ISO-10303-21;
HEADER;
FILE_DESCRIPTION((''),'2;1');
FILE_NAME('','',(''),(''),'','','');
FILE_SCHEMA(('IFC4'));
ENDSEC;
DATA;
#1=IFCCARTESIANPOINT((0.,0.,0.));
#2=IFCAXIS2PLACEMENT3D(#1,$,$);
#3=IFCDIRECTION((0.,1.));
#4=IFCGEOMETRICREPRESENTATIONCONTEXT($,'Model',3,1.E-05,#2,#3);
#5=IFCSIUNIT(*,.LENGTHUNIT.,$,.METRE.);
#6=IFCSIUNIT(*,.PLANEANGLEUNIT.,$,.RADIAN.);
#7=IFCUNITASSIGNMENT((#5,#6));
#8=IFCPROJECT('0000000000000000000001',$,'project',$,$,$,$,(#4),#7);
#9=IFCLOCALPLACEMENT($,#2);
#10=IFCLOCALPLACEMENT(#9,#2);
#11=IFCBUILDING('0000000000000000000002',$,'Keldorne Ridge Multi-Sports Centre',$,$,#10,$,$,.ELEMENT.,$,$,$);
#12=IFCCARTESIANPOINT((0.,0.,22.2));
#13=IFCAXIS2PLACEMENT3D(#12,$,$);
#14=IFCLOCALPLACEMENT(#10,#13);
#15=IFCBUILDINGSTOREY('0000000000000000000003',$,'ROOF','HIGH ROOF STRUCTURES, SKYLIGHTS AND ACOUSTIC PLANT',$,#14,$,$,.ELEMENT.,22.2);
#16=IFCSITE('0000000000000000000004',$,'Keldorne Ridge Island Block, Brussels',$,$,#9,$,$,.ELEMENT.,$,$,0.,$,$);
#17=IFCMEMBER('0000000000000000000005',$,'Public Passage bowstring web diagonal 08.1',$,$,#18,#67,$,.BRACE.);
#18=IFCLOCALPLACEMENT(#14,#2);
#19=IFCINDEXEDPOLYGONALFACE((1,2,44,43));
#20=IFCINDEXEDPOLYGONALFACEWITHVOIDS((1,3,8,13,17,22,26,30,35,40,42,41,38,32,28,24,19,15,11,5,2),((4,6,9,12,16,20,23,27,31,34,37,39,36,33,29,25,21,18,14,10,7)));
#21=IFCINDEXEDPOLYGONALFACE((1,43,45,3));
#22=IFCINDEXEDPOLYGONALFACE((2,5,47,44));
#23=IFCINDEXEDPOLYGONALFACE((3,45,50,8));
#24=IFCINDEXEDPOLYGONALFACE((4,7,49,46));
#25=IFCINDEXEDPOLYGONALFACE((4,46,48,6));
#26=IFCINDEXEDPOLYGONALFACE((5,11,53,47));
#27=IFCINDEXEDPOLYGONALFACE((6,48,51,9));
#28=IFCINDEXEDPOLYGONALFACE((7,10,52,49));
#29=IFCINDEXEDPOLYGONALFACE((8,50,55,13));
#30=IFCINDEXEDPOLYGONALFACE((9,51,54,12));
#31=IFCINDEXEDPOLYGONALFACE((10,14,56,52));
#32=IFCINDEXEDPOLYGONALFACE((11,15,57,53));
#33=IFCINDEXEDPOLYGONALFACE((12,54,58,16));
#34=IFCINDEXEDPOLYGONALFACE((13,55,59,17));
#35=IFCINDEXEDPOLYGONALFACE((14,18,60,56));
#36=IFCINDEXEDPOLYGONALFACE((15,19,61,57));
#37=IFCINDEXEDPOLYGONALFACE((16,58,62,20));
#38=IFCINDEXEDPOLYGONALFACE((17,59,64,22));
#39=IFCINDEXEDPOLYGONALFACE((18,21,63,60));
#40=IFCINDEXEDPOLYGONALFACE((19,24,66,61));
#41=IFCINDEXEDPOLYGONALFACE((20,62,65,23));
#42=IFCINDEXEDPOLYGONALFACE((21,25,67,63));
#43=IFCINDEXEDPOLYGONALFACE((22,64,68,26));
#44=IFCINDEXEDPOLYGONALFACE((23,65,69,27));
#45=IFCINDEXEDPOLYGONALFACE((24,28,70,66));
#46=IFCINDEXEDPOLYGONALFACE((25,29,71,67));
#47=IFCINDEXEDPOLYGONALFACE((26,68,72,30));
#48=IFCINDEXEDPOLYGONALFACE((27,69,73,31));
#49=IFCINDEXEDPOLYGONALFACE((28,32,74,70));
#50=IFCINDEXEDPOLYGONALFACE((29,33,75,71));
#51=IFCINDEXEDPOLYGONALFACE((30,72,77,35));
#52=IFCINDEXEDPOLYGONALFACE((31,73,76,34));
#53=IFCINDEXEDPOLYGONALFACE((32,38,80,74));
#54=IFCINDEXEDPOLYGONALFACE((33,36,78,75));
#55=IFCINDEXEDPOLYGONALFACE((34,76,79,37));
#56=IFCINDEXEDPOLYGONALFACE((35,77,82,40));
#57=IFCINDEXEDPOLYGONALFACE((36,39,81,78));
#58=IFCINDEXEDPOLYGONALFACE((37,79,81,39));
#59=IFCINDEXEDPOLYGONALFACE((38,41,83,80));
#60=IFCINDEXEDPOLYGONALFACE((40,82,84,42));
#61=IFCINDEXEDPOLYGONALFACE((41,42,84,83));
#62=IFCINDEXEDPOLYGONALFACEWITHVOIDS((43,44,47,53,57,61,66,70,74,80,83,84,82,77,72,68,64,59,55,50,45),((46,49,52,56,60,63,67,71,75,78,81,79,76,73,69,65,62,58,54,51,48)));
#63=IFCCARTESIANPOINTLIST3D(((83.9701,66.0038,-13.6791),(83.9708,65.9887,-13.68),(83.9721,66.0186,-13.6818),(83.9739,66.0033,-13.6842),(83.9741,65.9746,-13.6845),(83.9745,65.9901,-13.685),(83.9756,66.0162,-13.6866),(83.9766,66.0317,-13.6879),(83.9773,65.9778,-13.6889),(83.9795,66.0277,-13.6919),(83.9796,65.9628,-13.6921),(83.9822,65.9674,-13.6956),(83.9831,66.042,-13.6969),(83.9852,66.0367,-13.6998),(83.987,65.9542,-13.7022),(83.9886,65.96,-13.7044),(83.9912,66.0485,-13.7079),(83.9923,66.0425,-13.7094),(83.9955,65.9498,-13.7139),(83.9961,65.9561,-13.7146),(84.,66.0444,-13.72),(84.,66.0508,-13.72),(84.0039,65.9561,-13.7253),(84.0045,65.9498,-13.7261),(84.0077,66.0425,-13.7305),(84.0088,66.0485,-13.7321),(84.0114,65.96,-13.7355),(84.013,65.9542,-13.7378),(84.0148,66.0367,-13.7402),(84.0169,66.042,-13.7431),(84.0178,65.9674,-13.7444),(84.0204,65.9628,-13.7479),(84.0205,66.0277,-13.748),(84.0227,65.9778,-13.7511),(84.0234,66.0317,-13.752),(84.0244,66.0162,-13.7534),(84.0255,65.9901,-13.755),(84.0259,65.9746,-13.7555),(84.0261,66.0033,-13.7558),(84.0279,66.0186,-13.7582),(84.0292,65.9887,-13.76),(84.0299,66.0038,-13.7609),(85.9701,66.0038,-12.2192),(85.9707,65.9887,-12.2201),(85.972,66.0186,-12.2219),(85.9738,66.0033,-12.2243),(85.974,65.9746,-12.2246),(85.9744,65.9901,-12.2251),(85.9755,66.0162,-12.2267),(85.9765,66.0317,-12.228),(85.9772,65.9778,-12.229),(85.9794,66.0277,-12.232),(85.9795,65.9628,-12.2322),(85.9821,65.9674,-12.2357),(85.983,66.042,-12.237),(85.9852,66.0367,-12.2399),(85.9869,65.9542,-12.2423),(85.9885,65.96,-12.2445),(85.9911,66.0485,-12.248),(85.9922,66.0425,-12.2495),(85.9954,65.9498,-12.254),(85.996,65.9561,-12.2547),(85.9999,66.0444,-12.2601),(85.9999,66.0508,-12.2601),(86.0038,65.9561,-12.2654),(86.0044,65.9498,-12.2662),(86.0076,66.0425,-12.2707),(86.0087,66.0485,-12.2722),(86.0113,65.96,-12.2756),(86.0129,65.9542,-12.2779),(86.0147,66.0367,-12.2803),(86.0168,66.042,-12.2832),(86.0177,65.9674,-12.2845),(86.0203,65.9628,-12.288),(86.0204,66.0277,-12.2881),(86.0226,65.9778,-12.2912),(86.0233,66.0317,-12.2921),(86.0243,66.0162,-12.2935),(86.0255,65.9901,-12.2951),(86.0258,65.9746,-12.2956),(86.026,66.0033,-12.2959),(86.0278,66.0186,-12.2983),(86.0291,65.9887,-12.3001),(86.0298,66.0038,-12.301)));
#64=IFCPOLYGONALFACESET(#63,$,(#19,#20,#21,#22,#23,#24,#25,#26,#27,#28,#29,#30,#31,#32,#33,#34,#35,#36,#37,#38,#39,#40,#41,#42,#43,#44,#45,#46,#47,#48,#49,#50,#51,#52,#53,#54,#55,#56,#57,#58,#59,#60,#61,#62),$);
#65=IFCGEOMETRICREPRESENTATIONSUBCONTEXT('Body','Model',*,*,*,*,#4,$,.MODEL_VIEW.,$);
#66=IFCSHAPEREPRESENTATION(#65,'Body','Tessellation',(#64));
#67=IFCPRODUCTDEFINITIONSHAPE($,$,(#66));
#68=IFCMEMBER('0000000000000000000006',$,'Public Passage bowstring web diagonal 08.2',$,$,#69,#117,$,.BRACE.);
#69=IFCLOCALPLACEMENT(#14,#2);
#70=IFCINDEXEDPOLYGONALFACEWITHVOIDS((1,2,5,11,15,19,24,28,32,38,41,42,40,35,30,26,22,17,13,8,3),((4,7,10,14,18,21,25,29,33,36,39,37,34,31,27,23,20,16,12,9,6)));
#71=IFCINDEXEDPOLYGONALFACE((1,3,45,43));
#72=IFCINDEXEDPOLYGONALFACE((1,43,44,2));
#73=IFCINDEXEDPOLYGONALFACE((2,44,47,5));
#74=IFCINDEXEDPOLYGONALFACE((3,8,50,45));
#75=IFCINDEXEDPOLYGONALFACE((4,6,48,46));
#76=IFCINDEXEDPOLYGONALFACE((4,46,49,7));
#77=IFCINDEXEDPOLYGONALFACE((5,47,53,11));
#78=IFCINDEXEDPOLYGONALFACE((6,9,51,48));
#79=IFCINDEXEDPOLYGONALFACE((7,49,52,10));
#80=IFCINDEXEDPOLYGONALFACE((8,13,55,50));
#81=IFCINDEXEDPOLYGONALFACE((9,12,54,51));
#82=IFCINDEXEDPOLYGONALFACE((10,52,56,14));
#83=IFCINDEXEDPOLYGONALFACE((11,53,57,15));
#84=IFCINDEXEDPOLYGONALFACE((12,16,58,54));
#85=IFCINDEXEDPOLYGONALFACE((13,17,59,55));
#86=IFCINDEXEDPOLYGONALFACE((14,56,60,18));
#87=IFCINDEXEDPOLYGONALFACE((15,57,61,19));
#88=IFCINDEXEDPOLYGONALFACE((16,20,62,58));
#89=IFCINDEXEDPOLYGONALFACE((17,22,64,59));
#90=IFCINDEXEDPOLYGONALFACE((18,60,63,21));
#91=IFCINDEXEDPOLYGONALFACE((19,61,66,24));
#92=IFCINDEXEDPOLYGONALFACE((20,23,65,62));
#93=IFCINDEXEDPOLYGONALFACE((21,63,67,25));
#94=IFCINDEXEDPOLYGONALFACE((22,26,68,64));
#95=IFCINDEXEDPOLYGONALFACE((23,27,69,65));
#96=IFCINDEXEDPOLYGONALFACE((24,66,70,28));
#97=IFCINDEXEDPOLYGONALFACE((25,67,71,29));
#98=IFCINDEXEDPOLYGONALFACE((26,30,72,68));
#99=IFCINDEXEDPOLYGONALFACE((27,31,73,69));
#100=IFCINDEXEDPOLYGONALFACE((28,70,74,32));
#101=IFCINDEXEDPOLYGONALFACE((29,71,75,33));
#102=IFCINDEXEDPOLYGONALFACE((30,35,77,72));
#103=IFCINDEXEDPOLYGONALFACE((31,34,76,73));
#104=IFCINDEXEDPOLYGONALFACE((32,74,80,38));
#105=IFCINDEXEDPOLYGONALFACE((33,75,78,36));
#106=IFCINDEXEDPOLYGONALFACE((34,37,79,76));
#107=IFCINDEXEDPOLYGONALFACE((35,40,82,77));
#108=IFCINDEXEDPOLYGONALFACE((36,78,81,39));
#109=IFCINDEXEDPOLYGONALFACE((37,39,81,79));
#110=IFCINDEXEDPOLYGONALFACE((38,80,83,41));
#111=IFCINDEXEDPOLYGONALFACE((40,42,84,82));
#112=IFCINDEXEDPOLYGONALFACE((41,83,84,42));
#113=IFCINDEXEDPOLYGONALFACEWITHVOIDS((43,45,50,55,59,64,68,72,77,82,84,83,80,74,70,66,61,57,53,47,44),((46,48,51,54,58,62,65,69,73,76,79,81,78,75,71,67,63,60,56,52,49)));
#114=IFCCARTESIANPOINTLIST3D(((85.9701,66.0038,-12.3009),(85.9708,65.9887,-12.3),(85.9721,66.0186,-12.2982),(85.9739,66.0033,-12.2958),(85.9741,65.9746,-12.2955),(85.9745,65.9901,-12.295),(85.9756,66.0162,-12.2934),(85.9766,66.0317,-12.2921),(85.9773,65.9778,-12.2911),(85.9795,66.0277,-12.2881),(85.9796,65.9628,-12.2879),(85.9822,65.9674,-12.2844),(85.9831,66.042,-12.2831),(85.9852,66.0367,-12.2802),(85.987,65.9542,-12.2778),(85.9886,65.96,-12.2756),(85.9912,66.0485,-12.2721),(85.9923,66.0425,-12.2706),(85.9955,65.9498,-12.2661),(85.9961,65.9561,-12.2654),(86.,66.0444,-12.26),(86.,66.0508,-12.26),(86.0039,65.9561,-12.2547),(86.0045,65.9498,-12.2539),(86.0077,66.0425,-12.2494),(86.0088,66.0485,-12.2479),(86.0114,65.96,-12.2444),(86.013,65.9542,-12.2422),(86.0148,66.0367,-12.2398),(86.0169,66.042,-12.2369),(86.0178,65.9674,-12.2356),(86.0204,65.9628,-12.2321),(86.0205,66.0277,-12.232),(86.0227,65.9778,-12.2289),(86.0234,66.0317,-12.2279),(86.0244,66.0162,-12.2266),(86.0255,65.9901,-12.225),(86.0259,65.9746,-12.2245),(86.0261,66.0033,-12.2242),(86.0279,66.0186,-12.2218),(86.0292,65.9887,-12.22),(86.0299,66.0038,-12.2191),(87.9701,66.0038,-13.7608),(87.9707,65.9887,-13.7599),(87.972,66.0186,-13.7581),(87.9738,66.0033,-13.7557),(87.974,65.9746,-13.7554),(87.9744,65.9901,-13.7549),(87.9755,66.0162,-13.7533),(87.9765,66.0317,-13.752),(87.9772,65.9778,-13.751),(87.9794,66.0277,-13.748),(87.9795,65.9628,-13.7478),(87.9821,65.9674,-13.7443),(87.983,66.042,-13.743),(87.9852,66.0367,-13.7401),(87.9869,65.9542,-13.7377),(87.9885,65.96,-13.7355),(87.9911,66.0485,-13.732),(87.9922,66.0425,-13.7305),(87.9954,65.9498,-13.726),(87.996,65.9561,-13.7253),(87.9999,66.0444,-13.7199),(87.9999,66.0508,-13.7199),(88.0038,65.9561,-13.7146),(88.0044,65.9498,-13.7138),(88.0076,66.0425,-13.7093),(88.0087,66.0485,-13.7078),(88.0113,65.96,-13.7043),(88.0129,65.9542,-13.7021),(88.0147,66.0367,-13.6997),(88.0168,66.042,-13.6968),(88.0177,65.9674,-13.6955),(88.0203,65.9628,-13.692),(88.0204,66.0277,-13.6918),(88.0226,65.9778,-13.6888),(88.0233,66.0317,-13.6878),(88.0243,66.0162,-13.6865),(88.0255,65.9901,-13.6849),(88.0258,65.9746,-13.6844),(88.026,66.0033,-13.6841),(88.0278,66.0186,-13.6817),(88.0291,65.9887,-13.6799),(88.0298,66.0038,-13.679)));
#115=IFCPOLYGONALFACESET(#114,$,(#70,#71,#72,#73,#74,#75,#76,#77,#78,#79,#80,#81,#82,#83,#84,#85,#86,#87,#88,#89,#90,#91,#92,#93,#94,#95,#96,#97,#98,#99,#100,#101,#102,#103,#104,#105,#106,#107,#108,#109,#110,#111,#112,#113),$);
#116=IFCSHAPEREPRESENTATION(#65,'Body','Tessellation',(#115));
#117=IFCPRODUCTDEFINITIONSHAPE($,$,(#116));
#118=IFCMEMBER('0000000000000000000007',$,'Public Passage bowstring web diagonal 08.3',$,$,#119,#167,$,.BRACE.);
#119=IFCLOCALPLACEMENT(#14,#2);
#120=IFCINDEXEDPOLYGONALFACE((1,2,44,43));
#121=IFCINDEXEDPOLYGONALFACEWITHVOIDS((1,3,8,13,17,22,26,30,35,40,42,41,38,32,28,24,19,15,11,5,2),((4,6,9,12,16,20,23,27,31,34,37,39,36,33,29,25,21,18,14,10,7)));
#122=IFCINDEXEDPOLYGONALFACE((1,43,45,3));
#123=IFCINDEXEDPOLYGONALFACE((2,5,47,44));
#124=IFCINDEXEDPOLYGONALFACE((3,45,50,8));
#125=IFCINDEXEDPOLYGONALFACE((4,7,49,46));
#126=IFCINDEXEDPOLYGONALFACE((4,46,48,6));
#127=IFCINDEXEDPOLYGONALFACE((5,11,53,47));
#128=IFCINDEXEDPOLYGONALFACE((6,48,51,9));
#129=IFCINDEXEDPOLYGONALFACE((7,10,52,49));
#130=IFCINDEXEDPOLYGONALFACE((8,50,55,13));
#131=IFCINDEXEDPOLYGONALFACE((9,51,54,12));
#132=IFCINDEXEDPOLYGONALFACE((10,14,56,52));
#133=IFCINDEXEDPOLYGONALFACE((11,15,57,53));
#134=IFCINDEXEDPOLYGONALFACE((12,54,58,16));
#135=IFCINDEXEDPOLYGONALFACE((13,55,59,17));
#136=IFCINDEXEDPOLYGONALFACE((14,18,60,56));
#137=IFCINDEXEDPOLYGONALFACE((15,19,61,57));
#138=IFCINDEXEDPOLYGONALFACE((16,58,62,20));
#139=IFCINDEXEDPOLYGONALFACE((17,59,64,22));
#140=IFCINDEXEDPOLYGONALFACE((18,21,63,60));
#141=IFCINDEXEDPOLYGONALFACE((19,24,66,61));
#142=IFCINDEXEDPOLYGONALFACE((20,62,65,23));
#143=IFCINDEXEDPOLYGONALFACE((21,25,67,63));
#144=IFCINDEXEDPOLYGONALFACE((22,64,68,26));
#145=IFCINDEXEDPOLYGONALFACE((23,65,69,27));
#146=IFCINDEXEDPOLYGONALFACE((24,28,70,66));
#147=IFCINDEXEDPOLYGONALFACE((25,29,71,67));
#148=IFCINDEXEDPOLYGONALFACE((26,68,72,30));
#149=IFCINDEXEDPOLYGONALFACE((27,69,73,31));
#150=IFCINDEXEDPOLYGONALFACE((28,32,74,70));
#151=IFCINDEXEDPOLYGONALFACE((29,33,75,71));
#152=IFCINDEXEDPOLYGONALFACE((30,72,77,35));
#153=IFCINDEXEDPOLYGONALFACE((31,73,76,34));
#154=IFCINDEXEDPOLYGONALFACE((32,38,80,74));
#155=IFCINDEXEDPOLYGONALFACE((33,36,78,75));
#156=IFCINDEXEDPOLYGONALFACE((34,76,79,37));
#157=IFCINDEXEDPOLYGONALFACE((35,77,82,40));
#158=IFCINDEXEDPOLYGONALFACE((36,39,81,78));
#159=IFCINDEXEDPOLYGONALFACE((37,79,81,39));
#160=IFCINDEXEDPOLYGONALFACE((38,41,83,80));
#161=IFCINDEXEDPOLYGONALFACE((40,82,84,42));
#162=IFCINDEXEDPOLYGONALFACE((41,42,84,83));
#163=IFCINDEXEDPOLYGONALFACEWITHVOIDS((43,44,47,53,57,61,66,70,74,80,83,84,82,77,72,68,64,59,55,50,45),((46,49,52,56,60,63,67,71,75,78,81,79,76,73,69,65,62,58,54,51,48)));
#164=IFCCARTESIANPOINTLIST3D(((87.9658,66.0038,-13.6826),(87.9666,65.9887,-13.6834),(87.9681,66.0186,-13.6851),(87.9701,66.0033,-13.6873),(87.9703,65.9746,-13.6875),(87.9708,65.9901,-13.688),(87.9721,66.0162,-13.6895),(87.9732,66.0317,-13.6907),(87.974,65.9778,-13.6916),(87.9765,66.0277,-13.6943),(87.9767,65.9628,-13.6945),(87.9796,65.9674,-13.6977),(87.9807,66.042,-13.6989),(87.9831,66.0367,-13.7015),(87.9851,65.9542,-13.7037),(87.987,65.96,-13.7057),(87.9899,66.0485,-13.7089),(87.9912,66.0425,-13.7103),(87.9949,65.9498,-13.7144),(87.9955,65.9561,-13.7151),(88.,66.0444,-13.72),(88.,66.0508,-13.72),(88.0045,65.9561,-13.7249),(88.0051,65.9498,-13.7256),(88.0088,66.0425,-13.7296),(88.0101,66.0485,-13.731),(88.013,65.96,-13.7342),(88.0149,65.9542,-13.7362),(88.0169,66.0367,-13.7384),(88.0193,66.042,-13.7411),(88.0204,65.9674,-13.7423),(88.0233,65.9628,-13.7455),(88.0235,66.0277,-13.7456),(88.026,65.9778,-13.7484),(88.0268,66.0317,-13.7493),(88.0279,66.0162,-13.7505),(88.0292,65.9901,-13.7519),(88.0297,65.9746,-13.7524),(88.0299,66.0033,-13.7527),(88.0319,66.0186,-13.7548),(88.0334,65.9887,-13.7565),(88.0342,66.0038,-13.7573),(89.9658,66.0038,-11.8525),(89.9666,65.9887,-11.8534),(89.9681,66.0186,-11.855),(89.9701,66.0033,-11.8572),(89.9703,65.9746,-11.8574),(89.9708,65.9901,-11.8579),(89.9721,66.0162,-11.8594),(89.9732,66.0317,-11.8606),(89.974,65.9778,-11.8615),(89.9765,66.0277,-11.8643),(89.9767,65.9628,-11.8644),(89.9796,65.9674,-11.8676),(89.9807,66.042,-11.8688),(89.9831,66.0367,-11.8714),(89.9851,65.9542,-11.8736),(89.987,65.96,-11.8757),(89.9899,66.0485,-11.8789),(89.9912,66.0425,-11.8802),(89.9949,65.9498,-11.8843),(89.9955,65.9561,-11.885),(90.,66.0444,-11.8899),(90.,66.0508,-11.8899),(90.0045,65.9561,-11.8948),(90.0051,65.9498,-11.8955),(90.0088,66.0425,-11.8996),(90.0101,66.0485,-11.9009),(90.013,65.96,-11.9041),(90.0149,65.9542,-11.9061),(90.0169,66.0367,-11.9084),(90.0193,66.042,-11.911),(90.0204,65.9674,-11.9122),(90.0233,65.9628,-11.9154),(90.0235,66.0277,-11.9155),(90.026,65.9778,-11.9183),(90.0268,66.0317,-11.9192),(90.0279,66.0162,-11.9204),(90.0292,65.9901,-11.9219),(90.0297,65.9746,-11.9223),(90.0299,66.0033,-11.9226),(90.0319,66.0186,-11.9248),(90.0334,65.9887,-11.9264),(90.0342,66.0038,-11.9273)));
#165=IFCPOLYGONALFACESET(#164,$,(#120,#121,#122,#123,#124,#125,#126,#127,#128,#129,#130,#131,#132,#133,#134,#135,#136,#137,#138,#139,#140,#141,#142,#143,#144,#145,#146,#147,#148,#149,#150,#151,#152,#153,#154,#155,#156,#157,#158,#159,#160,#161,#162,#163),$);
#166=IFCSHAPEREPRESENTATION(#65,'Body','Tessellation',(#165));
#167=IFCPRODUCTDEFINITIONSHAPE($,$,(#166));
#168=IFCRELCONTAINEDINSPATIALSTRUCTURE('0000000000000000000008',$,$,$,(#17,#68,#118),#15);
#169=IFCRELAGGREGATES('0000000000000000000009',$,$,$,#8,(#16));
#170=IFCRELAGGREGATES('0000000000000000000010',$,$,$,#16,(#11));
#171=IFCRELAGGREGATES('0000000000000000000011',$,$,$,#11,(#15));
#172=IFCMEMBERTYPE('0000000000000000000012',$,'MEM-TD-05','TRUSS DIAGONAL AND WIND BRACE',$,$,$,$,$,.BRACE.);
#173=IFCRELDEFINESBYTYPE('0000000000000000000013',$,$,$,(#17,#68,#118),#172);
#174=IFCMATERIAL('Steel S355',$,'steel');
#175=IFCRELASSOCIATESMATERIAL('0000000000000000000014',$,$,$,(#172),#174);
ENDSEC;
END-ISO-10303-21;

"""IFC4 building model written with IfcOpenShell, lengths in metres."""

from ifc_helpers import new_model, si_unit, direction, frame, origin, origin_2d, place, context, subcontext, project, spatial, hollow_circle, extrude, material, material_profile, profile_set, type_object, element, save


model = new_model("IFC4")

# Units and contexts
model_context = context("Model", 3, precision=1e-05, world=origin(), true_north=direction((0.0, 1.0)))
body_context = subcontext(model_context, "Body", "Model", "MODEL_VIEW")
ifc_project = project(units=[si_unit("LENGTHUNIT", "METRE"), si_unit("PLANEANGLEUNIT", "RADIAN")], contexts=[model_context])

# Site, building, storey
site_placement = place(None, origin())
site = spatial("IfcSite", under=ifc_project, at=site_placement, Name="Keldorne Ridge Island Block, Brussels", CompositionType="ELEMENT", RefElevation=0.0)
building_placement = place(site_placement, origin())
building = spatial("IfcBuilding", under=site, at=building_placement, Name="Keldorne Ridge Multi-Sports Centre", CompositionType="ELEMENT")
storey_placement = place(building_placement, frame((0.0, 0.0, 22.2)))
storey = spatial("IfcBuildingStorey", under=building, at=storey_placement, Name="ROOF", Description="HIGH ROOF STRUCTURES, SKYLIGHTS AND ACOUSTIC PLANT", CompositionType="ELEMENT", Elevation=22.2)

# Members
ifc_material = material(Name="Steel S355", Category="steel")
ifc_material_profile_1 = material_profile(ifc_material, hollow_circle(Radius=0.0508, WallThickness=0.0063, at=origin_2d()), Name="CHS 101.6x6.3")
ifc_profile_set_1 = profile_set([ifc_material_profile_1], Name="Steel S355")
member_type_1 = type_object("IfcMemberType", Name="MEM-TD-05", Description="TRUSS DIAGONAL AND WIND BRACE", PredefinedType="BRACE", material=ifc_profile_set_1)
for number, where, z_axis, x_axis, name in (
    (1, (84.0, 66.0, -13.72), (0.807695, 0.0, 0.589601), (0.0, 1.0, 0.0), "Public Passage bowstring web diagonal 08.1"),
    (2, (86.0, 66.0, -12.26), (0.807695, 0.0, -0.589601), (0.0, 1.0, 0.0), "Public Passage bowstring web diagonal 08.2"),
):
    element("IfcMember", number, at=place(storey_placement, frame(where, z_axis=z_axis, x_axis=x_axis)), inside=storey, type_object=member_type_1, Name=name, PredefinedType="BRACE", context=body_context, shape_type="SweptSolid", body=[
        extrude(hollow_circle(Radius=0.0508, WallThickness=0.0063, at=origin_2d()), origin(), (0.0, 0.0, 1.0), 2.4761),
    ])
for number, where, z_axis, x_axis, name in (
    (3, (88.0, 66.0, -13.72), (0.737752, 0.0, 0.675072), (0.0, 1.0, 0.0), "Public Passage bowstring web diagonal 08.3"),
):
    element("IfcMember", number, at=place(storey_placement, frame(where, z_axis=z_axis, x_axis=x_axis)), inside=storey, type_object=member_type_1, Name=name, PredefinedType="BRACE", context=body_context, shape_type="SweptSolid", body=[
        extrude(hollow_circle(Radius=0.0508, WallThickness=0.0063, at=origin_2d()), origin(), (0.0, 0.0, 1.0), 2.7109),
    ])

save(model, "model.ifc")
